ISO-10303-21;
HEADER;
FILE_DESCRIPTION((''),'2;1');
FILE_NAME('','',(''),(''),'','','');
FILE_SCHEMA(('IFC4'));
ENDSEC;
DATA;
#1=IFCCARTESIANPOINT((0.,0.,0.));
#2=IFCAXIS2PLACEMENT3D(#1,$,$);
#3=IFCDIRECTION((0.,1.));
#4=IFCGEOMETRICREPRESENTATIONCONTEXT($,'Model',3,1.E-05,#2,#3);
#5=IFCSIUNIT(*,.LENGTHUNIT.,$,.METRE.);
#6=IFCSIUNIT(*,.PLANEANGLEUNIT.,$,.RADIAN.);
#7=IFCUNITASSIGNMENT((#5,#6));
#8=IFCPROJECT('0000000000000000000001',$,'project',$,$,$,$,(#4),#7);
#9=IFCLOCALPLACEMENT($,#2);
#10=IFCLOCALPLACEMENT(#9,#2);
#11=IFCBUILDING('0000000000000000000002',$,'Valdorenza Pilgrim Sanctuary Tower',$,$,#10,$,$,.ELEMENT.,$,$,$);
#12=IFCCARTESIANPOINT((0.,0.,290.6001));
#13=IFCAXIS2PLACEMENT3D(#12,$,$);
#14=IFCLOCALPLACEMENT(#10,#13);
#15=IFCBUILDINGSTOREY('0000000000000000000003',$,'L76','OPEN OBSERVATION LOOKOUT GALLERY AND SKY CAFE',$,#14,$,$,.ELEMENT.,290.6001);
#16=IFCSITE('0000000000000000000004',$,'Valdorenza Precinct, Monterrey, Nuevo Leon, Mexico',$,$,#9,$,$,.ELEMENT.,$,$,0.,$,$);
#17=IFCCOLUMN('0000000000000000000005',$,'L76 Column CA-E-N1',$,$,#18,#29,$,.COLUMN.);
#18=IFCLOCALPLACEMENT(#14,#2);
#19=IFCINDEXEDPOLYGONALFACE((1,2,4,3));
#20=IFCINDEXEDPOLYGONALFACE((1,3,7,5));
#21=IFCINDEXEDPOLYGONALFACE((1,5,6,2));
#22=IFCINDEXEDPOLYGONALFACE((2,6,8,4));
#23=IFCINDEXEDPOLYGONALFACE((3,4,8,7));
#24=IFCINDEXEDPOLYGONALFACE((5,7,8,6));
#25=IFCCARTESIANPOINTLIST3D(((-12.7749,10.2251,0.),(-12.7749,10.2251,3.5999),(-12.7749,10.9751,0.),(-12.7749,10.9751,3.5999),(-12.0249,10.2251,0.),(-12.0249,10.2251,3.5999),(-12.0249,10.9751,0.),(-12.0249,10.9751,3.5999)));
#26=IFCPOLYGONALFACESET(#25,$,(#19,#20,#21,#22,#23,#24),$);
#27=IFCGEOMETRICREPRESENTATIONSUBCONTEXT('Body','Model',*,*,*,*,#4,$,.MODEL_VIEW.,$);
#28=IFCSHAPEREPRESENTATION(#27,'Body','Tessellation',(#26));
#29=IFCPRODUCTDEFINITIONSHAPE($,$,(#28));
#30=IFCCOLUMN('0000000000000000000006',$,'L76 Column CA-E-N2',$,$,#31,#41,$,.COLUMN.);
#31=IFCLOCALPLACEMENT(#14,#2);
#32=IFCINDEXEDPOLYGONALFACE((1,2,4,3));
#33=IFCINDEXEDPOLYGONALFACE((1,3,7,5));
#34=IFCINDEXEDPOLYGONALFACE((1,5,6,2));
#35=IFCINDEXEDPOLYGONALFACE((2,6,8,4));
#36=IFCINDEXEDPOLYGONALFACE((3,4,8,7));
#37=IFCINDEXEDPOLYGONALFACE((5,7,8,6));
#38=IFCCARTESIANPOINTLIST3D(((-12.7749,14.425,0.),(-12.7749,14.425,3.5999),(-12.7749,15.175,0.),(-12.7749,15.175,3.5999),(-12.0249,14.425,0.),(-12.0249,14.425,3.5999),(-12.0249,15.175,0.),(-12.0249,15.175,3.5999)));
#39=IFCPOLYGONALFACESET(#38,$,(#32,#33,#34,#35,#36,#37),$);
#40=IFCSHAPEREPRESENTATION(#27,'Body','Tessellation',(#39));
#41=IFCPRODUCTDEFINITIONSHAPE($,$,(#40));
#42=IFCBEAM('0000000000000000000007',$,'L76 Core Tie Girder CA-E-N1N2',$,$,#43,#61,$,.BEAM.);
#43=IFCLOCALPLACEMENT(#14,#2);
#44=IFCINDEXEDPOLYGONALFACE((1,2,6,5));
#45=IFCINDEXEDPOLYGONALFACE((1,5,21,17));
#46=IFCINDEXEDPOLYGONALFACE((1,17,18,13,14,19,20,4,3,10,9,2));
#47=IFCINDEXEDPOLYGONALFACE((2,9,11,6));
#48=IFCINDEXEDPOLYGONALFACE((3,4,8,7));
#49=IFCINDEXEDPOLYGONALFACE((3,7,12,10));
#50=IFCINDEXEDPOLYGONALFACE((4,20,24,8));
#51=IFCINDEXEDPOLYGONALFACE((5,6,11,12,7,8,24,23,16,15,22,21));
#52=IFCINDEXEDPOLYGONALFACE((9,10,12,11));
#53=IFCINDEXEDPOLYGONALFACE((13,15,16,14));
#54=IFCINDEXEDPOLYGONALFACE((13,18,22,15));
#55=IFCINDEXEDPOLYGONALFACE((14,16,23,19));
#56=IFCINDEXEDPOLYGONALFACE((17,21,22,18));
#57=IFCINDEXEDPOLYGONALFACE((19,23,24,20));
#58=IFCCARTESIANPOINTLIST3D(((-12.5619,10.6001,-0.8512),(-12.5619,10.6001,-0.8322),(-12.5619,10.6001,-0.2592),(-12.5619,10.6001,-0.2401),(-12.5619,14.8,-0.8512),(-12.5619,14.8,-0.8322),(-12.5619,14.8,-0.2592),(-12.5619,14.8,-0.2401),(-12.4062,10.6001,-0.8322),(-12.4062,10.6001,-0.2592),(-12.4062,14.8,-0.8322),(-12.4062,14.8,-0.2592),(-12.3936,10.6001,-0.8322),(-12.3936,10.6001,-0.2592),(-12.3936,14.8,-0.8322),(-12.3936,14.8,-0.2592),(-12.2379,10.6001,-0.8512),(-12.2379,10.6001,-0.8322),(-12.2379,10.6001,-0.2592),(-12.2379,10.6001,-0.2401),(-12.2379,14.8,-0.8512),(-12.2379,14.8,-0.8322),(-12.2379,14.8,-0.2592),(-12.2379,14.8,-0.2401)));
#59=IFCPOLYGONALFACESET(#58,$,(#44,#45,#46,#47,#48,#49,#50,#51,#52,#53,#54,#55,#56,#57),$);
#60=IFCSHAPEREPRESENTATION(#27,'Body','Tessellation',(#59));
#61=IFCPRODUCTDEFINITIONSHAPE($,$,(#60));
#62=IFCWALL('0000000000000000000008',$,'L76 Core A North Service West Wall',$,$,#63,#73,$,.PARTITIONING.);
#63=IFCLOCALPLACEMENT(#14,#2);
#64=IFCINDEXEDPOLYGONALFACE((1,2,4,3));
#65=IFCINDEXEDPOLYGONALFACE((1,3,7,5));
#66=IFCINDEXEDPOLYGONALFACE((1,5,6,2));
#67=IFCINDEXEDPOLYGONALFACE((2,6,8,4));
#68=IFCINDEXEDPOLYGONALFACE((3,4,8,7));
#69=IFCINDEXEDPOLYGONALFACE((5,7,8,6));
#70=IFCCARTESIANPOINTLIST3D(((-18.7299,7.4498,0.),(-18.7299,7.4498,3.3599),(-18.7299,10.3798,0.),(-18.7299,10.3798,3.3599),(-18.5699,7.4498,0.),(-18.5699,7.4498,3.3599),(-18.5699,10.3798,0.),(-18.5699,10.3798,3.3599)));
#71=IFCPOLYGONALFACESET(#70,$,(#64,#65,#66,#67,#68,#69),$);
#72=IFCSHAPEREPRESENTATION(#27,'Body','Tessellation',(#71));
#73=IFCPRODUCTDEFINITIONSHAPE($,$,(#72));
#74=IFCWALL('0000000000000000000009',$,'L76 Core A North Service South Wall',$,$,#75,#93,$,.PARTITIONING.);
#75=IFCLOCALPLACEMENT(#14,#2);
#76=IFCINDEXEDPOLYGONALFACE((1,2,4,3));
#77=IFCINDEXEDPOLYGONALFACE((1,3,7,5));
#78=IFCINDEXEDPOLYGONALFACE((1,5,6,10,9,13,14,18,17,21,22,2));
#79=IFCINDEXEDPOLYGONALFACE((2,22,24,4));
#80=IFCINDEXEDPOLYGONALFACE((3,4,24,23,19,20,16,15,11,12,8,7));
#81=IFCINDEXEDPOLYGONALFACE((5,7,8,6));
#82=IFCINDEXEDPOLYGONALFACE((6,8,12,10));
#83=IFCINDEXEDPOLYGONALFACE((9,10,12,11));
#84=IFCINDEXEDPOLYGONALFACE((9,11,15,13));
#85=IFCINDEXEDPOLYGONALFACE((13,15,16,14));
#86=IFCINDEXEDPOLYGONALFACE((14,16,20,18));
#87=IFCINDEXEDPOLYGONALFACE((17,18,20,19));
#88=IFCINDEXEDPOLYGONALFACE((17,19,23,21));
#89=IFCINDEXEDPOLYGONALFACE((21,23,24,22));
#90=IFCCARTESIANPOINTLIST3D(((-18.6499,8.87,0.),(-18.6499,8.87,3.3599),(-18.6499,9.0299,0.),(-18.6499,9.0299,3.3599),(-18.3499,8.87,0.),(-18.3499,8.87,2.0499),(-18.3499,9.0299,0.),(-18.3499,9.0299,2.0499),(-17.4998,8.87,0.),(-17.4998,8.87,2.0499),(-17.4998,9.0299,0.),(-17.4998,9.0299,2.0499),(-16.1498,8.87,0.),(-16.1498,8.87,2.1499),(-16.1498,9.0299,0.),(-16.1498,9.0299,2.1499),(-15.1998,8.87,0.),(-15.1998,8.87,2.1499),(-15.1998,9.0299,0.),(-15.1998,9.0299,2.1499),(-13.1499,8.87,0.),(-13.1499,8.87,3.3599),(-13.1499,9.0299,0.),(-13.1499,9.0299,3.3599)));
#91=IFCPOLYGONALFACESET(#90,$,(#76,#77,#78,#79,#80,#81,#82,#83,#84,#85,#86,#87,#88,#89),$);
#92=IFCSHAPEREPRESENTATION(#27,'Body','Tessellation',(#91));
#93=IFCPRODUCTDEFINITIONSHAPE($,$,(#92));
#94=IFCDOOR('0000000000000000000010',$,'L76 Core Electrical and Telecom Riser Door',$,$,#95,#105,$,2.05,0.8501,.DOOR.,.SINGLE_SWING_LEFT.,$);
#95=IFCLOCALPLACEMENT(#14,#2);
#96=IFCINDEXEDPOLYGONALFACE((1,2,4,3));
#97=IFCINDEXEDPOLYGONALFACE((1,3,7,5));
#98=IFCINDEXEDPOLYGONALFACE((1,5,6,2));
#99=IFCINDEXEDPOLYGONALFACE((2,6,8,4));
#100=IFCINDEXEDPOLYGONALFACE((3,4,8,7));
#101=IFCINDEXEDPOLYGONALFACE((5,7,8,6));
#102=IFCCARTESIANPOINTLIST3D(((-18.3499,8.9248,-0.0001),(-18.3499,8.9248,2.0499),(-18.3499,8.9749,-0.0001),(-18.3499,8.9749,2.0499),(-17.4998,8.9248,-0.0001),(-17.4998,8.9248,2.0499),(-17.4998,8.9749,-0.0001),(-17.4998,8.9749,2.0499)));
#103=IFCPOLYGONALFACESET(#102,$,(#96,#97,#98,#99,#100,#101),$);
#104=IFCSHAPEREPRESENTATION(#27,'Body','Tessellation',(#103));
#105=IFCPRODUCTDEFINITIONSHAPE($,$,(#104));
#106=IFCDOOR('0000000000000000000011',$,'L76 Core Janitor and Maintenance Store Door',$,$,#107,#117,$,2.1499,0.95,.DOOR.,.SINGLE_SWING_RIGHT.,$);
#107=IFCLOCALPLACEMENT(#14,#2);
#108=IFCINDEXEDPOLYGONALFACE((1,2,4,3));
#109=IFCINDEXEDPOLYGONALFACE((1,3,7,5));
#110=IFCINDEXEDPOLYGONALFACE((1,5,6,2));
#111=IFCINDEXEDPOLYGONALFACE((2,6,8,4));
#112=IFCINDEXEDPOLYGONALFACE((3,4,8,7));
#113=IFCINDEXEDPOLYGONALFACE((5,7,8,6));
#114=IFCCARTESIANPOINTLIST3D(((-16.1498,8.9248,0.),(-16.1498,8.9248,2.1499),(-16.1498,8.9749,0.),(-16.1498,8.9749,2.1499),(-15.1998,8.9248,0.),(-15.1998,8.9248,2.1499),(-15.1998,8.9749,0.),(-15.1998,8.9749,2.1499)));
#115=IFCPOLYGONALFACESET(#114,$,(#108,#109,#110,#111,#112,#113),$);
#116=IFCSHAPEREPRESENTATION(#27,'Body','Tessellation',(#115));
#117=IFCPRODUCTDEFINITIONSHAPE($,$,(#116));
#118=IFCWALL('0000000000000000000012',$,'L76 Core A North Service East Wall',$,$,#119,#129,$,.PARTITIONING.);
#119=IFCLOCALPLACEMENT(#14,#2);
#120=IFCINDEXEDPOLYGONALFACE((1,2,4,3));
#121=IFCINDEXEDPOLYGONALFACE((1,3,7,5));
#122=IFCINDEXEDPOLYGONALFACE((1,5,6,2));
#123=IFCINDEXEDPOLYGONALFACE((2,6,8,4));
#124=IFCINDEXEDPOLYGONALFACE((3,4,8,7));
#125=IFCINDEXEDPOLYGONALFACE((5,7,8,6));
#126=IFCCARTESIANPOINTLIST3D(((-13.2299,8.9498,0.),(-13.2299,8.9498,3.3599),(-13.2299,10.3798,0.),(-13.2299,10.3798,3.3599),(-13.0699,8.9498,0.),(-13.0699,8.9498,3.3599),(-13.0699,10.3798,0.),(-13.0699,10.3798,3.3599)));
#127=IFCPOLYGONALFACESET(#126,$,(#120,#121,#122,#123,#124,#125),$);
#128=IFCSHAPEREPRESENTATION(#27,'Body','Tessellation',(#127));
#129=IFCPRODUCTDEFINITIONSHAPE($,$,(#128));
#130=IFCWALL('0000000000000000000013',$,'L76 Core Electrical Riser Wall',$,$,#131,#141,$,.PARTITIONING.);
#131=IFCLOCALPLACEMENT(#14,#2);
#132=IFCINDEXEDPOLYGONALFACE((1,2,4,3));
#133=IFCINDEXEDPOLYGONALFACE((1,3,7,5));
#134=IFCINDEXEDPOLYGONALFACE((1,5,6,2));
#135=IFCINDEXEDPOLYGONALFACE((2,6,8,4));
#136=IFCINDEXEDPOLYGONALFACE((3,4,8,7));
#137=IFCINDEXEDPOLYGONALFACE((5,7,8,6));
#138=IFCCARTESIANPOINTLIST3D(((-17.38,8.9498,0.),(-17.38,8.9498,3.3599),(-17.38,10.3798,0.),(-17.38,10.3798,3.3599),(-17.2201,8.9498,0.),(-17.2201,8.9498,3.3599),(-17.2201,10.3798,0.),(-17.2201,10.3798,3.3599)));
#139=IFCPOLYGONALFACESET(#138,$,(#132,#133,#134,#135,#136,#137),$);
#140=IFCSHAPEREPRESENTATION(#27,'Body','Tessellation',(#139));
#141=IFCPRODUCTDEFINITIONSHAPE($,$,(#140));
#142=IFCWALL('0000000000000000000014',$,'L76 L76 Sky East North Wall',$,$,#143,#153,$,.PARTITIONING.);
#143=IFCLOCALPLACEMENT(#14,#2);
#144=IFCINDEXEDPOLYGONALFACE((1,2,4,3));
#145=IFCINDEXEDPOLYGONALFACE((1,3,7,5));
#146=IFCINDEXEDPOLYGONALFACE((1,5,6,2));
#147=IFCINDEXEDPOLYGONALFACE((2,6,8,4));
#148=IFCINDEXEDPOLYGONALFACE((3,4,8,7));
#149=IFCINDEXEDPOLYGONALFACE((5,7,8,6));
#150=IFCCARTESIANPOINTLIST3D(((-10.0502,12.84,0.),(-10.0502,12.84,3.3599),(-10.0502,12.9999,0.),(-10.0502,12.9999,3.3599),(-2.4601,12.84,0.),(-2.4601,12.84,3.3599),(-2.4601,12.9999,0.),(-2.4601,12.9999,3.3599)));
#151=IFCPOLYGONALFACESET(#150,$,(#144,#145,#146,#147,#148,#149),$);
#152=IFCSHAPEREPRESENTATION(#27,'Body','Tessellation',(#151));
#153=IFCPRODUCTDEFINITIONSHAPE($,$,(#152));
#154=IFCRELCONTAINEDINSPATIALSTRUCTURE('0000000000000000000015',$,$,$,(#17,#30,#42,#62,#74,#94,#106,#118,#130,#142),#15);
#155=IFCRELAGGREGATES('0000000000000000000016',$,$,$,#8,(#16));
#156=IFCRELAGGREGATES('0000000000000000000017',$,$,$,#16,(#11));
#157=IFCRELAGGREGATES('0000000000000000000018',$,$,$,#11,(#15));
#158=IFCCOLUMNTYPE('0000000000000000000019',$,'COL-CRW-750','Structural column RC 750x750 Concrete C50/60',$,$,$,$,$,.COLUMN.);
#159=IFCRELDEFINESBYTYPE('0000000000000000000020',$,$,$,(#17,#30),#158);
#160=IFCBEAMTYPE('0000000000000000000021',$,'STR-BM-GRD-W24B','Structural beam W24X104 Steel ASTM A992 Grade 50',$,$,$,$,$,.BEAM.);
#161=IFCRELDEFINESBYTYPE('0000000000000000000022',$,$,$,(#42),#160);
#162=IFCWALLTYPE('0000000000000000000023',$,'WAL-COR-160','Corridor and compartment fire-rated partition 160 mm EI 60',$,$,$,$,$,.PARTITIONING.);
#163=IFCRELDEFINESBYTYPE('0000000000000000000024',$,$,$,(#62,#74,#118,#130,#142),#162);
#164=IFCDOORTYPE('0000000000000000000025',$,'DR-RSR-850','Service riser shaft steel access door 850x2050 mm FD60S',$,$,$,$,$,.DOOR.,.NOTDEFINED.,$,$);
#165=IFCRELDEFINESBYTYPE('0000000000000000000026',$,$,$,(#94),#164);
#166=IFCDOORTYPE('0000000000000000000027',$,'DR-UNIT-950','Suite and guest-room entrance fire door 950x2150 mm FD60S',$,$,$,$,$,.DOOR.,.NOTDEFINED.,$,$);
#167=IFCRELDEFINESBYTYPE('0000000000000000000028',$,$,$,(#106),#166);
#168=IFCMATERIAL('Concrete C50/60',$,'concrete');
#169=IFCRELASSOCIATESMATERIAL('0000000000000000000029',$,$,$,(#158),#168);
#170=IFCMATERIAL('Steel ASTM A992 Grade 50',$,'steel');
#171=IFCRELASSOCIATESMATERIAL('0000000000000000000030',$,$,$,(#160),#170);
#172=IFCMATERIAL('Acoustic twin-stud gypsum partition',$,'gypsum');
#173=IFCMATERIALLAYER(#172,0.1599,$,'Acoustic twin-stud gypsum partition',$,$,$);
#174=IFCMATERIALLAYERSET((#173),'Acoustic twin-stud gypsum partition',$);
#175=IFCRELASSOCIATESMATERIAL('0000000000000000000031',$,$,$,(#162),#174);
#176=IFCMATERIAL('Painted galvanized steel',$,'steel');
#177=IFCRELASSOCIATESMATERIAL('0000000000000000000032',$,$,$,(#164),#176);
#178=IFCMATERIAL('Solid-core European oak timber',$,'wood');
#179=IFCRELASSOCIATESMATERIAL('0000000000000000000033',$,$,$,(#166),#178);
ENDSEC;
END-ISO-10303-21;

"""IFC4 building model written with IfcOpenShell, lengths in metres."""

from ifc_helpers import new_model, si_unit, direction, frame, frame_2d, origin, origin_2d, place, context, subcontext, project, spatial, rectangle, i_section, extrude, source, transform, mapped, material, layer, layer_set, material_profile, profile_set, type_object, element, fill, save


model = new_model("IFC4")

# Units and contexts
model_context = context("Model", 3, precision=1e-05, world=origin(), true_north=direction((0.0, 1.0)))
body_context = subcontext(model_context, "Body", "Model", "MODEL_VIEW")
ifc_project = project(units=[si_unit("LENGTHUNIT", "METRE"), si_unit("PLANEANGLEUNIT", "RADIAN")], contexts=[model_context])

# Site, building, storey
site_placement = place(None, origin())
site = spatial("IfcSite", under=ifc_project, at=site_placement, Name="Valdorenza Precinct, Monterrey, Nuevo Leon, Mexico", CompositionType="ELEMENT", RefElevation=0.0)
building_placement = place(site_placement, origin())
building = spatial("IfcBuilding", under=site, at=building_placement, Name="Valdorenza Pilgrim Sanctuary Tower", CompositionType="ELEMENT")
storey_placement = place(building_placement, frame((0.0, 0.0, 290.6001)))
storey = spatial("IfcBuildingStorey", under=building, at=storey_placement, Name="L76", Description="OPEN OBSERVATION LOOKOUT GALLERY AND SKY CAFE", CompositionType="ELEMENT", Elevation=290.6001)

# Columns
ifc_material_1 = material(Name="Concrete C50/60", Category="concrete")
ifc_material_profile_1 = material_profile(ifc_material_1, rectangle(XDim=0.75, YDim=0.75, at=origin_2d()), Name="RC 750x750")
ifc_profile_set_1 = profile_set([ifc_material_profile_1], Name="Concrete C50/60")
column_type = type_object("IfcColumnType", Name="COL-CRW-750", Description="Structural column RC 750x750 Concrete C50/60", PredefinedType="COLUMN", material=ifc_profile_set_1)
shared_shape_1 = source(origin(), body_context, "Body", "SweptSolid", [
    extrude(rectangle(XDim=0.75, YDim=0.75, at=origin_2d()), origin(), (0.0, 0.0, 1.0), 3.5999),
])
for number, where, z_axis, x_axis, name in (
    (1, (-12.3999, 10.6001, 0.0), (0.0, 0.0, 1.0), (1.0, 0.0, 0.0), "L76 Column CA-E-N1"),
    (2, (-12.3999, 14.8, 0.0), (0.0, 0.0, 1.0), (1.0, 0.0, 0.0), "L76 Column CA-E-N2"),
):
    element("IfcColumn", number, at=place(storey_placement, frame(where, z_axis=z_axis, x_axis=x_axis)), inside=storey, type_object=column_type, Name=name, PredefinedType="COLUMN", context=body_context, shape_type="MappedRepresentation", body=[
        mapped(shared_shape_1, transform((0.0, 0.0, 0.0), x_axis=(1.0, 0.0, 0.0), y_axis=(0.0, 1.0, 0.0), z_axis=(0.0, 0.0, 1.0), scale=1.0)),
    ])

# Beam
ifc_material_2 = material(Name="Steel ASTM A992 Grade 50", Category="steel")
ifc_material_profile_2 = material_profile(ifc_material_2, i_section(OverallWidth=0.324, OverallDepth=0.6111, WebThickness=0.0127, FlangeThickness=0.019, at=origin_2d()), Name="W24X104")
ifc_profile_set_2 = profile_set([ifc_material_profile_2], Name="Steel ASTM A992 Grade 50")
beam_type = type_object("IfcBeamType", Name="STR-BM-GRD-W24B", Description="Structural beam W24X104 Steel ASTM A992 Grade 50", PredefinedType="BEAM", material=ifc_profile_set_2)
shared_shape_2 = source(origin(), body_context, "Body", "SweptSolid", [
    extrude(i_section(OverallWidth=0.324, OverallDepth=0.6111, WebThickness=0.0127, FlangeThickness=0.019, at=origin_2d()), origin(), (0.0, 0.0, 1.0), 4.2),
])
beam_placement = place(storey_placement, frame((-12.3999, 10.6001, -0.5457), z_axis=(0.0, 1.0, 0.0), x_axis=(-1.0, 0.0, 0.0)))
element("IfcBeam", 3, at=beam_placement, inside=storey, type_object=beam_type, Name="L76 Core Tie Girder CA-E-N1N2", PredefinedType="BEAM", context=body_context, shape_type="MappedRepresentation", body=[
    mapped(shared_shape_2, transform((0.0, 0.0, 0.0), x_axis=(1.0, 0.0, 0.0), y_axis=(0.0, 1.0, 0.0), z_axis=(0.0, 0.0, 1.0), scale=1.0)),
])

# Wall
ifc_material_3 = material(Name="Acoustic twin-stud gypsum partition", Category="gypsum")
ifc_layer_1 = layer(ifc_material_3, 0.1599, Name="Acoustic twin-stud gypsum partition")
ifc_layer_set_1 = layer_set([ifc_layer_1], Name="Acoustic twin-stud gypsum partition")
wall_type_1 = type_object("IfcWallType", Name="WAL-COR-160", Description="Corridor and compartment fire-rated partition 160 mm EI 60", PredefinedType="PARTITIONING", material=ifc_layer_set_1)
wall_1_placement = place(storey_placement, frame((-18.6499, 7.45, 0.0), z_axis=(0.0, 0.0, 1.0), x_axis=(0.0, 1.0, 0.0)))
element("IfcWall", 4, at=wall_1_placement, inside=storey, type_object=wall_type_1, Name="L76 Core A North Service West Wall", PredefinedType="PARTITIONING", context=body_context, shape_type="SweptSolid", body=[
    extrude(rectangle(XDim=2.9299, YDim=0.1599, at=frame_2d((1.4648, 0.0))), origin(), (0.0, 0.0, 1.0), 3.3599),
])

# Wall, openings, doors
wall_2_placement = place(storey_placement, frame((-18.6499, 8.95, 0.0), z_axis=(0.0, 0.0, 1.0), x_axis=(1.0, 0.0, 0.0)))
wall_2 = element("IfcWall", 5, at=wall_2_placement, inside=storey, type_object=wall_type_1, Name="L76 Core A North Service South Wall", PredefinedType="PARTITIONING", context=body_context, shape_type="SweptSolid", body=[
    extrude(rectangle(XDim=5.5, YDim=0.1599, at=frame_2d((2.75, 0.0))), origin(), (0.0, 0.0, 1.0), 3.3599),
])
opening_1_placement = place(wall_2_placement, frame((0.3, 0.0, 0.0)))
opening_1 = element("IfcOpeningElement", 6, at=opening_1_placement, cuts=wall_2, PredefinedType="OPENING", context=body_context, shape_type="SweptSolid", body=[
    extrude(rectangle(XDim=0.8501, YDim=2.05, at=frame_2d((0.425, 1.0249))), frame((0.0, 0.0947, 0.0), z_axis=(0.0, -1.0, 0.0), x_axis=(1.0, 0.0, 0.0)), (0.0, 0.0, 1.0), 0.1897),
])
opening_2_placement = place(wall_2_placement, frame((2.5, 0.0, 0.0)))
opening_2 = element("IfcOpeningElement", 7, at=opening_2_placement, cuts=wall_2, PredefinedType="OPENING", context=body_context, shape_type="SweptSolid", body=[
    extrude(rectangle(XDim=0.95, YDim=2.1499, at=frame_2d((0.4751, 1.075))), frame((0.0, 0.0947, 0.0), z_axis=(0.0, -1.0, 0.0), x_axis=(1.0, 0.0, 0.0)), (0.0, 0.0, 1.0), 0.1897),
])
ifc_material_4 = material(Name="Painted galvanized steel", Category="steel")
door_type_1 = type_object("IfcDoorType", Name="DR-RSR-850", Description="Service riser shaft steel access door 850x2050 mm FD60S", OperationType="NOTDEFINED", PredefinedType="DOOR", material=ifc_material_4)
door_1_placement = place(opening_1_placement, origin())
door_1 = element("IfcDoor", 8, at=door_1_placement, inside=storey, type_object=door_type_1, Name="L76 Core Electrical and Telecom Riser Door", OperationType="SINGLE_SWING_LEFT", OverallHeight=2.05, OverallWidth=0.8501, PredefinedType="DOOR", context=body_context, shape_type="SweptSolid", body=[
    extrude(rectangle(XDim=0.8501, YDim=2.05, at=frame_2d((0.425, 1.0249))), frame((0.0, 0.0249, 0.0), z_axis=(0.0, -1.0, 0.0), x_axis=(1.0, 0.0, 0.0)), (0.0, 0.0, 1.0), 0.05),
])
fill(opening_1, door_1)
ifc_material_5 = material(Name="Solid-core European oak timber", Category="wood")
door_type_2 = type_object("IfcDoorType", Name="DR-UNIT-950", Description="Suite and guest-room entrance fire door 950x2150 mm FD60S", OperationType="NOTDEFINED", PredefinedType="DOOR", material=ifc_material_5)
door_2_placement = place(opening_2_placement, origin())
door_2 = element("IfcDoor", 9, at=door_2_placement, inside=storey, type_object=door_type_2, Name="L76 Core Janitor and Maintenance Store Door", OperationType="SINGLE_SWING_RIGHT", OverallHeight=2.1499, OverallWidth=0.95, PredefinedType="DOOR", context=body_context, shape_type="SweptSolid", body=[
    extrude(rectangle(XDim=0.95, YDim=2.1499, at=frame_2d((0.4751, 1.075))), frame((0.0, 0.0249, 0.0), z_axis=(0.0, -1.0, 0.0), x_axis=(1.0, 0.0, 0.0)), (0.0, 0.0, 1.0), 0.05),
])
fill(opening_2, door_2)

# Walls
for number, where, z_axis, x_axis, name in (
    (10, (-13.1499, 8.95, 0.0), (0.0, 0.0, 1.0), (0.0, 1.0, 0.0), "L76 Core A North Service East Wall"),
    (11, (-17.3, 8.95, 0.0), (0.0, 0.0, 1.0), (0.0, 1.0, 0.0), "L76 Core Electrical Riser Wall"),
):
    element("IfcWall", number, at=place(storey_placement, frame(where, z_axis=z_axis, x_axis=x_axis)), inside=storey, type_object=wall_type_1, Name=name, PredefinedType="PARTITIONING", context=body_context, shape_type="SweptSolid", body=[
        extrude(rectangle(XDim=1.4299, YDim=0.1599, at=frame_2d((0.7148, 0.0))), origin(), (0.0, 0.0, 1.0), 3.3599),
    ])
wall_3_placement = place(storey_placement, frame((-10.05, 12.9199, 0.0), z_axis=(0.0, 0.0, 1.0), x_axis=(1.0, 0.0, 0.0)))
element("IfcWall", 12, at=wall_3_placement, inside=storey, type_object=wall_type_1, Name="L76 L76 Sky East North Wall", PredefinedType="PARTITIONING", context=body_context, shape_type="SweptSolid", body=[
    extrude(rectangle(XDim=7.5901, YDim=0.1599, at=frame_2d((3.7949, 0.0))), origin(), (0.0, 0.0, 1.0), 3.3599),
])

save(model, "model.ifc")
